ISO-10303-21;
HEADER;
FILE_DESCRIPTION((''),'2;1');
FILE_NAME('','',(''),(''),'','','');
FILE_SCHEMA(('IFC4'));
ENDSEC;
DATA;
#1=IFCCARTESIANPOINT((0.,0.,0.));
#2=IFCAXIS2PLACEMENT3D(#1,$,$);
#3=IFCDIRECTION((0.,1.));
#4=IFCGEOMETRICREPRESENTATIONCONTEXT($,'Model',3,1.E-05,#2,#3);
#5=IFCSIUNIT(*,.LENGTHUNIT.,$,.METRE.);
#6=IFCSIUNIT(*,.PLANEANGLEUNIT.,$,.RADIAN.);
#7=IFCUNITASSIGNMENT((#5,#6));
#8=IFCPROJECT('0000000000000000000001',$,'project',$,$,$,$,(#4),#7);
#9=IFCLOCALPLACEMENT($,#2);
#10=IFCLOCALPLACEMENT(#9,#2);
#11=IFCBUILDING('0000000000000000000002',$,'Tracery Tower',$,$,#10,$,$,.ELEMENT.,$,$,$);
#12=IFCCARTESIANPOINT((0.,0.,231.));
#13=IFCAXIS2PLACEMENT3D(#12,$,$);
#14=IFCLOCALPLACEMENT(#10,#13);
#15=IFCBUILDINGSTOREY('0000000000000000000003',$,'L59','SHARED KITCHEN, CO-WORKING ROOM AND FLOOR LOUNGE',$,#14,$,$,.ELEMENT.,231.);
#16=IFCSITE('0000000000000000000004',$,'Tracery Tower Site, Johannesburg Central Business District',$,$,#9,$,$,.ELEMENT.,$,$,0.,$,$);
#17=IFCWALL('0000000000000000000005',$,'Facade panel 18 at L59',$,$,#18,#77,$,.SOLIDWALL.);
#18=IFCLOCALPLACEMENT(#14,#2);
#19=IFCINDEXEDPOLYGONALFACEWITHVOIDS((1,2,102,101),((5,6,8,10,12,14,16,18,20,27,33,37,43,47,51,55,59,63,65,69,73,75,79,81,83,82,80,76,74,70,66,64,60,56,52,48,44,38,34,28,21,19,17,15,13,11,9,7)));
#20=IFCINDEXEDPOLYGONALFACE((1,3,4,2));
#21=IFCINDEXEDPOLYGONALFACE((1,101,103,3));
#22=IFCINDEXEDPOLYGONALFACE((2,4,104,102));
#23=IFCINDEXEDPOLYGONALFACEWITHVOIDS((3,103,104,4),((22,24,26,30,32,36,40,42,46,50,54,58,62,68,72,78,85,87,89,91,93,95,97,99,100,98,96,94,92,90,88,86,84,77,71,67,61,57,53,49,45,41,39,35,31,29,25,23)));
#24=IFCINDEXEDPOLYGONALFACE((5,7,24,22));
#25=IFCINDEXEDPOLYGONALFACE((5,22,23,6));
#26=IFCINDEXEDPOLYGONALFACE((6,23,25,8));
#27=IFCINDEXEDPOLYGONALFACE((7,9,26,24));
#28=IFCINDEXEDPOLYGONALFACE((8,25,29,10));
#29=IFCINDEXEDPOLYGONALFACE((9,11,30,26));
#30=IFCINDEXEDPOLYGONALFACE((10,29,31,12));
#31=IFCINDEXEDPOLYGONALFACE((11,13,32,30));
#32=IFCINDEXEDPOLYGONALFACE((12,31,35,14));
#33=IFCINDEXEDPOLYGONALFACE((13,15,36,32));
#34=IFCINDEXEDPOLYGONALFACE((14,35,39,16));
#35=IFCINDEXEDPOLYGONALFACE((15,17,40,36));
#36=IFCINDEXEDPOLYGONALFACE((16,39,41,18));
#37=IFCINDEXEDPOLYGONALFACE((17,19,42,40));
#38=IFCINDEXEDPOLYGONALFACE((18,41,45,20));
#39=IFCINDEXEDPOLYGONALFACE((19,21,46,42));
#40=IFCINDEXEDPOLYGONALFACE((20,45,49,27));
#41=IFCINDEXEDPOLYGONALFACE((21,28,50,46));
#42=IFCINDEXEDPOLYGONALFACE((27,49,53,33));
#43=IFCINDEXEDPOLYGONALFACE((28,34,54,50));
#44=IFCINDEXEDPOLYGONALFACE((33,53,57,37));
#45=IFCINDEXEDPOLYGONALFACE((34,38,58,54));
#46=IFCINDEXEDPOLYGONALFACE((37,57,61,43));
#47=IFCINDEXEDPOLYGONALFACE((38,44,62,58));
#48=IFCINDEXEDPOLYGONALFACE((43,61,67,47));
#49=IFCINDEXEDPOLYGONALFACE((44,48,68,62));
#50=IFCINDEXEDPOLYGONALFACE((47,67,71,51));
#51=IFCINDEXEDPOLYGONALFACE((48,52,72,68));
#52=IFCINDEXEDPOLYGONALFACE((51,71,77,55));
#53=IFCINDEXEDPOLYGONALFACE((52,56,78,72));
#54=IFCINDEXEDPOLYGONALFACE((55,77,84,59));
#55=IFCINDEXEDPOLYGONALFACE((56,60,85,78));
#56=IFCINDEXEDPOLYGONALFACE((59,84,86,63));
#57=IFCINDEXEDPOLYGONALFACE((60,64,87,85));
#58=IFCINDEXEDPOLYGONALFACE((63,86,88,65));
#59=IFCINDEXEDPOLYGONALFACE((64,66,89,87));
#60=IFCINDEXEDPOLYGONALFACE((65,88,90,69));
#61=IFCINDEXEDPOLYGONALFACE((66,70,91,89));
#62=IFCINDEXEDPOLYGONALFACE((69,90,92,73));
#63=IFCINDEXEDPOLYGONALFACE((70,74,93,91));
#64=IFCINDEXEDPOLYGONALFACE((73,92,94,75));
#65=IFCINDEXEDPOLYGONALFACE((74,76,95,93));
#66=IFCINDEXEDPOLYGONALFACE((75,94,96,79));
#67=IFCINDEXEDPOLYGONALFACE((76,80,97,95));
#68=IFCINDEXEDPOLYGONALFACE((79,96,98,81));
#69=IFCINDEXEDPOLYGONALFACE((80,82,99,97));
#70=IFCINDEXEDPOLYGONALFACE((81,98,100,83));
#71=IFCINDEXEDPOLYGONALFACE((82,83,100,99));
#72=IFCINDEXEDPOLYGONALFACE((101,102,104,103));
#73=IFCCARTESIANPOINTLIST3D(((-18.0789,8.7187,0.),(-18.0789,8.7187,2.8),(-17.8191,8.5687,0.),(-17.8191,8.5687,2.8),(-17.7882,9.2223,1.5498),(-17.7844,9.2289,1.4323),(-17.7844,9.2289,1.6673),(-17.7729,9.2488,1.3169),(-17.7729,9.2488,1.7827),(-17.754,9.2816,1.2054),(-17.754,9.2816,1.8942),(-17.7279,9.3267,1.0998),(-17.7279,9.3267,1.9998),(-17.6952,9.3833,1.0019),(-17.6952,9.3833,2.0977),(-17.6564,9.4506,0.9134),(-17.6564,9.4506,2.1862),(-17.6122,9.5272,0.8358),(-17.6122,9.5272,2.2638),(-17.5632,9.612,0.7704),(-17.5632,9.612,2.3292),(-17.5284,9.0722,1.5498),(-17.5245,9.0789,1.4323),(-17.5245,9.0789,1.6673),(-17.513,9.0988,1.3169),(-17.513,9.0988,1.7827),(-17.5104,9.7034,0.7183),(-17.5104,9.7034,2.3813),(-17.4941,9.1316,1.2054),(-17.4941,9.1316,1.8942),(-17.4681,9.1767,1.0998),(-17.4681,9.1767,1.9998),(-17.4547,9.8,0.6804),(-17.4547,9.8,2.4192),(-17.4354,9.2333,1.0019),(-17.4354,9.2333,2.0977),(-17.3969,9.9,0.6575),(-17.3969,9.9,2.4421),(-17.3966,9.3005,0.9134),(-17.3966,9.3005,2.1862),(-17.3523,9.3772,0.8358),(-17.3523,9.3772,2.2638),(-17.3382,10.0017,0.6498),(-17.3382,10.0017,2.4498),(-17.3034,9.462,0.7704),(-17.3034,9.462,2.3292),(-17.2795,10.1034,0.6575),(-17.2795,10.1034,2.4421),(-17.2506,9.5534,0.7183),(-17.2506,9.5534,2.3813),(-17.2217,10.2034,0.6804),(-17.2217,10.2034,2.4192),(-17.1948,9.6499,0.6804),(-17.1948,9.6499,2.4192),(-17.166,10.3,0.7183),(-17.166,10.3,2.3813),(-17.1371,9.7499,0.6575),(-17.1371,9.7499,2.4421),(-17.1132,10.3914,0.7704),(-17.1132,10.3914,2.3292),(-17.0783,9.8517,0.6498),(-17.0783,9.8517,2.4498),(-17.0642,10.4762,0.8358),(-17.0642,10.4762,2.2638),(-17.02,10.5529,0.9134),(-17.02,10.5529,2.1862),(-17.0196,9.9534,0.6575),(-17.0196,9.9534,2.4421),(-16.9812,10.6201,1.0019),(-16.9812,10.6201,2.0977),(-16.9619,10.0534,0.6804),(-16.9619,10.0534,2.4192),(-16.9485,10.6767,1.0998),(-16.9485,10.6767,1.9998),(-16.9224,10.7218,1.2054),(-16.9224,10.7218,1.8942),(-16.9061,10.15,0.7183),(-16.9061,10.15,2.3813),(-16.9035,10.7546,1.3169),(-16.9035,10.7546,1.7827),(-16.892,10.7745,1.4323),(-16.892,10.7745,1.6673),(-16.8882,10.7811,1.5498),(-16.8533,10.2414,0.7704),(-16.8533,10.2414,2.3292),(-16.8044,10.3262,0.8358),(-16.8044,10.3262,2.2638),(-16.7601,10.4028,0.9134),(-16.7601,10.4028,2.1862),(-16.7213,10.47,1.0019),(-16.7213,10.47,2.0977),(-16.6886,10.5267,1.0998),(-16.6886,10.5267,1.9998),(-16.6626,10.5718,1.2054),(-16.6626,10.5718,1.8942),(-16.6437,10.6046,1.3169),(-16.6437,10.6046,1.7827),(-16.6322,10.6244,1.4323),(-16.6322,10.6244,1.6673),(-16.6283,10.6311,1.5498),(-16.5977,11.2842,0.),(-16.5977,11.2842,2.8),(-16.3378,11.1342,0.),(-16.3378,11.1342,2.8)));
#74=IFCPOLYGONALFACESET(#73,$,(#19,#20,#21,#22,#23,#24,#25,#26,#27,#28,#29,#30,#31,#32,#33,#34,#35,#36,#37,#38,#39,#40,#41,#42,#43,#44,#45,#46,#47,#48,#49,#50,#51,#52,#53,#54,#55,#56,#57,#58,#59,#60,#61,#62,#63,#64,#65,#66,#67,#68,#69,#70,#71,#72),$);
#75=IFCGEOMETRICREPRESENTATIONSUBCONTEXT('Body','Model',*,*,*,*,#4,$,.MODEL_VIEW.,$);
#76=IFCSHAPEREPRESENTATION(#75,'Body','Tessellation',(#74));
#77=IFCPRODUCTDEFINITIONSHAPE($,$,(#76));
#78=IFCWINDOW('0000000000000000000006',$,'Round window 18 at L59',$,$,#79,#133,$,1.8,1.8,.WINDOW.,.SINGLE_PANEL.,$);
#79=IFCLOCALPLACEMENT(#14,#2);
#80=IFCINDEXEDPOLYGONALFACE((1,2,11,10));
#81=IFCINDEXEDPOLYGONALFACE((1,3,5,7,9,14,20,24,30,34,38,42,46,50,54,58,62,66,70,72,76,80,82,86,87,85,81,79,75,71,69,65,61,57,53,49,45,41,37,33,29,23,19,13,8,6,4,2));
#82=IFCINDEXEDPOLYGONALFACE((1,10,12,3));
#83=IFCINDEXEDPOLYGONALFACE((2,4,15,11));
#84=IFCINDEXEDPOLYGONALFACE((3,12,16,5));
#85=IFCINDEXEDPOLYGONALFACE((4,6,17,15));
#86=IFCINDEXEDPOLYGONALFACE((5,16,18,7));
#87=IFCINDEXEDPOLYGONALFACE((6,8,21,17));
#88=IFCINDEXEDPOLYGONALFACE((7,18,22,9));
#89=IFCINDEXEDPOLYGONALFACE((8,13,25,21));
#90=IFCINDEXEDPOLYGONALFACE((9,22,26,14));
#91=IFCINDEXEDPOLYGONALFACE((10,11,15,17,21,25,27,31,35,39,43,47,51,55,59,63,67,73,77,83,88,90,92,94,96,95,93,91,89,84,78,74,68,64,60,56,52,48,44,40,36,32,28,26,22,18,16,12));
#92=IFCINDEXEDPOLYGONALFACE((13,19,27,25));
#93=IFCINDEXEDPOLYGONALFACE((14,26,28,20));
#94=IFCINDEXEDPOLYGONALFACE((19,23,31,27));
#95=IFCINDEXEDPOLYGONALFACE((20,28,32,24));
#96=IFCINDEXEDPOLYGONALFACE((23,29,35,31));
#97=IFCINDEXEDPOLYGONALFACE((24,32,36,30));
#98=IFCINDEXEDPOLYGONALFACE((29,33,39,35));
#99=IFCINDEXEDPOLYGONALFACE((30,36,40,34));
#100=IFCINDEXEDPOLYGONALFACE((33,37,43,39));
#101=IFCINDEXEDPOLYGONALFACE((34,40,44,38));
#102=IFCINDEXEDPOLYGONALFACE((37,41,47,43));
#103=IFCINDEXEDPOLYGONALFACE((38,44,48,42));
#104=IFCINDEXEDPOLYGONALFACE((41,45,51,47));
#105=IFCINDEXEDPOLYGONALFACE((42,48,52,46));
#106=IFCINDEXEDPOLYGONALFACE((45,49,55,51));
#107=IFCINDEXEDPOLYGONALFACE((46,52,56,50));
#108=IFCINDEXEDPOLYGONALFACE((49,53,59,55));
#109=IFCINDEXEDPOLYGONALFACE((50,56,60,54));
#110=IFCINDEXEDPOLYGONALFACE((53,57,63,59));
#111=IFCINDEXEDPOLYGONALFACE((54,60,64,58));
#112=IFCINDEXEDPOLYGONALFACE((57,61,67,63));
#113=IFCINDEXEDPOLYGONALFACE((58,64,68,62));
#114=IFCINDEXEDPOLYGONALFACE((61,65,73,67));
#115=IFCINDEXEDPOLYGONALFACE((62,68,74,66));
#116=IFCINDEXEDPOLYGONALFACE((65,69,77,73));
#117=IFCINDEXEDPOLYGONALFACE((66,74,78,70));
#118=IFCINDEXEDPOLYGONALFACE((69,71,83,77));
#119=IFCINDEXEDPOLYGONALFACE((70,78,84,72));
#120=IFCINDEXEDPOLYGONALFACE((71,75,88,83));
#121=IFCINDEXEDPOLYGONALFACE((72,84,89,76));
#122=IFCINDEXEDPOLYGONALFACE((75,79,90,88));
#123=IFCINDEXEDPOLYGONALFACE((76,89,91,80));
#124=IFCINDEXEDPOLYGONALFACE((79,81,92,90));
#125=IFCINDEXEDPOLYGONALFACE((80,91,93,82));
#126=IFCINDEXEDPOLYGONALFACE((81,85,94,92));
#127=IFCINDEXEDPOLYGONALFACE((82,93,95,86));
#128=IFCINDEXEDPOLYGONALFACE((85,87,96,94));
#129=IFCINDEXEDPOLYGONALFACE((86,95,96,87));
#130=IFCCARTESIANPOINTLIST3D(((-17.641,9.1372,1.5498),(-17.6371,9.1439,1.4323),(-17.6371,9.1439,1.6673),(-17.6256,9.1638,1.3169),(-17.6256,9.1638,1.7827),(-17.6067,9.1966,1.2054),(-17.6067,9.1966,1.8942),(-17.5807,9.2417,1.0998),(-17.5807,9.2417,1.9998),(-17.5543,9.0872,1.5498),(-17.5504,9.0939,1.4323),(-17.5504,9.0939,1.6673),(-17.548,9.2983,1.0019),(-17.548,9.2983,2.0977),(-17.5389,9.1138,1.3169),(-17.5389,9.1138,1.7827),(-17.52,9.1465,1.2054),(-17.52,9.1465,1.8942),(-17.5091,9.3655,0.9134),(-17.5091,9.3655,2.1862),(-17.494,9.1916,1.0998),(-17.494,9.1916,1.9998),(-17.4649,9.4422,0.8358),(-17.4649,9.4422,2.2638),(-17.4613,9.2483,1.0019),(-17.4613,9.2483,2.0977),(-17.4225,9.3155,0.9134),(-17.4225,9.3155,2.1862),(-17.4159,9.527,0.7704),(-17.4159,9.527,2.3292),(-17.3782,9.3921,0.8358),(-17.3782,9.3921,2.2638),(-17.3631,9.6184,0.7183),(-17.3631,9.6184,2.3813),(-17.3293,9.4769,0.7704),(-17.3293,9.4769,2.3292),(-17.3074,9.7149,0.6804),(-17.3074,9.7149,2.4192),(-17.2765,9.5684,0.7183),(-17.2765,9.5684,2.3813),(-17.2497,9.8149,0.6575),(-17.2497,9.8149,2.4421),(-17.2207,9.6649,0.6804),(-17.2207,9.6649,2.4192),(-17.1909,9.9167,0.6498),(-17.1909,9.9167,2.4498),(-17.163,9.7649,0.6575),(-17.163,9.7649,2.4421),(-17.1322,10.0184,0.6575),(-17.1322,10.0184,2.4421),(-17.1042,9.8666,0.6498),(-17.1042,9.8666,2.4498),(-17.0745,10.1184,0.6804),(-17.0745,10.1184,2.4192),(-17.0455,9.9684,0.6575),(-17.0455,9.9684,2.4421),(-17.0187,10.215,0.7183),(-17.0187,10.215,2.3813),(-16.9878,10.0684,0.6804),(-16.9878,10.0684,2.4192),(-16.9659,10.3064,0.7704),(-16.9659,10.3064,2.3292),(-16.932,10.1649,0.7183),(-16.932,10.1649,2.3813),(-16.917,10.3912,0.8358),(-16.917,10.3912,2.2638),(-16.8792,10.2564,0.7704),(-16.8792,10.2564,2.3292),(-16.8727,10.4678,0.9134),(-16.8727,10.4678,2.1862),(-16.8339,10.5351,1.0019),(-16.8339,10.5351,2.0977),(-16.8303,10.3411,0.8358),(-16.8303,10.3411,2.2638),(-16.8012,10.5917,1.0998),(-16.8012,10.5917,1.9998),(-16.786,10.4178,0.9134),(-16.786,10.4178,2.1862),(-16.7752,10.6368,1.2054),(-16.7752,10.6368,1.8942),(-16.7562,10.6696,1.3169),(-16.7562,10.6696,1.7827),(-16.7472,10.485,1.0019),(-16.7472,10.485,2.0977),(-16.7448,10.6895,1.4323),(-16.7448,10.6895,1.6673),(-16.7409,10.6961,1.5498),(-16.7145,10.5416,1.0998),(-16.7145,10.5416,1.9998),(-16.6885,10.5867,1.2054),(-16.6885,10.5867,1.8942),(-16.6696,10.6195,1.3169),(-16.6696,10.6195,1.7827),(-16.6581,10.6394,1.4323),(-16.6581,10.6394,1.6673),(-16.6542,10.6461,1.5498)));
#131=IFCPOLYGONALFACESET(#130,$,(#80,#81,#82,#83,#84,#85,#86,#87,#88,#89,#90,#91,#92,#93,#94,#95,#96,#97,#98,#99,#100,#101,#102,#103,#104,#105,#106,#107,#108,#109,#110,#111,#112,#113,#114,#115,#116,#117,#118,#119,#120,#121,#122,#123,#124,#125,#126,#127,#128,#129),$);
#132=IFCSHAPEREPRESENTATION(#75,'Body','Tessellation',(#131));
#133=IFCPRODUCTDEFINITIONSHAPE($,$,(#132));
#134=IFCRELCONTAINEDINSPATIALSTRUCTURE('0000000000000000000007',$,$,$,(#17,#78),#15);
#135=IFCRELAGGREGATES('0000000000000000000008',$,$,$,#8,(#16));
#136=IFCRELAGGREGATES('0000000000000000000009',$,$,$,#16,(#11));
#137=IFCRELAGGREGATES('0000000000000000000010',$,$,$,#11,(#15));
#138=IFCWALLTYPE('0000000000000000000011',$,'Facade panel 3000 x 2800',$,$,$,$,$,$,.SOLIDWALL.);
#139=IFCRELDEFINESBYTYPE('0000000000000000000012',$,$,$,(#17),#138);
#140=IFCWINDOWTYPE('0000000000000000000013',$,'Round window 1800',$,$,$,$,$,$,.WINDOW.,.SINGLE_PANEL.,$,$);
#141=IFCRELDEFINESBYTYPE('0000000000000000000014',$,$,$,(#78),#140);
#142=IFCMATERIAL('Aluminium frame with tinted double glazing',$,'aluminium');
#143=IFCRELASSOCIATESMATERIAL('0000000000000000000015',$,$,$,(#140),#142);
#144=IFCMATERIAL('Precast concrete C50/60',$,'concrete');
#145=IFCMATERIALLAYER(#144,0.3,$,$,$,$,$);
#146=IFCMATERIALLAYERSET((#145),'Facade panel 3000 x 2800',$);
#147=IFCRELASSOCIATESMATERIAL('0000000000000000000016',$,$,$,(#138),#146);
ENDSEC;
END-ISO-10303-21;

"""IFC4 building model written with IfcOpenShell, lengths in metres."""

from ifc_helpers import new_model, si_unit, direction, frame, frame_2d, origin, origin_2d, place, context, subcontext, project, spatial, rectangle, circle, extrude, material, layer, layer_set, type_object, element, fill, save


model = new_model("IFC4")

# Units and contexts
model_context = context("Model", 3, precision=1e-05, world=origin(), true_north=direction((0.0, 1.0)))
body_context = subcontext(model_context, "Body", "Model", "MODEL_VIEW")
ifc_project = project(units=[si_unit("LENGTHUNIT", "METRE"), si_unit("PLANEANGLEUNIT", "RADIAN")], contexts=[model_context])

# Site, building, storey
site_placement = place(None, origin())
site = spatial("IfcSite", under=ifc_project, at=site_placement, Name="Tracery Tower Site, Johannesburg Central Business District", CompositionType="ELEMENT", RefElevation=0.0)
building_placement = place(site_placement, origin())
building = spatial("IfcBuilding", under=site, at=building_placement, Name="Tracery Tower", CompositionType="ELEMENT")
storey_placement = place(building_placement, frame((0.0, 0.0, 231.0)))
storey = spatial("IfcBuildingStorey", under=building, at=storey_placement, Name="L59", Description="SHARED KITCHEN, CO-WORKING ROOM AND FLOOR LOUNGE", CompositionType="ELEMENT", Elevation=231.0)

# Wall, opening, window
ifc_material_1 = material(Name="Aluminium frame with tinted double glazing", Category="aluminium")
window_type = type_object("IfcWindowType", Name="Round window 1800", PartitioningType="SINGLE_PANEL", PredefinedType="WINDOW", material=ifc_material_1)
ifc_material_2 = material(Name="Precast concrete C50/60", Category="concrete")
ifc_layer_1 = layer(ifc_material_2, 0.3)
ifc_layer_set_1 = layer_set([ifc_layer_1], Name="Facade panel 3000 x 2800")
wall_type_1 = type_object("IfcWallType", Name="Facade panel 3000 x 2800", PredefinedType="SOLIDWALL", material=ifc_layer_set_1)
wall_1_placement = place(storey_placement, frame((-16.4678, 11.2092, 0.0), z_axis=(0.0, 0.0, 1.0), x_axis=(-0.500013, -0.866018, 0.0)))
wall_1 = element("IfcWall", 1, at=wall_1_placement, inside=storey, type_object=wall_type_1, Name="Facade panel 18 at L59", PredefinedType="SOLIDWALL", context=body_context, shape_type="SweptSolid", body=[
    extrude(rectangle(XDim=2.9624, YDim=0.3, at=frame_2d((1.4812, 0.0))), origin(), (0.0, 0.0, 1.0), 2.8),
])
opening_1_placement = place(wall_1_placement, frame((1.481, 0.0, 1.5498)))
opening_1 = element("IfcOpeningElement", 2, at=opening_1_placement, cuts=wall_1, PredefinedType="OPENING", context=body_context, shape_type="SweptSolid", body=[
    extrude(circle(Radius=0.9, at=origin_2d()), frame((0.0, 0.1599, 0.0), z_axis=(0.0, -1.0, 0.0), x_axis=(1.0, 0.0, 0.0)), (0.0, 0.0, 1.0), 0.3201),
])
window_1_placement = place(opening_1_placement, origin())
window_1 = element("IfcWindow", 3, at=window_1_placement, inside=storey, type_object=window_type, Name="Round window 18 at L59", OverallHeight=1.8, OverallWidth=1.8, PartitioningType="SINGLE_PANEL", PredefinedType="WINDOW", context=body_context, shape_type="SweptSolid", body=[
    extrude(circle(Radius=0.9, at=origin_2d()), frame((0.0, 0.1201, 0.0), z_axis=(0.0, -1.0, 0.0), x_axis=(1.0, 0.0, 0.0)), (0.0, 0.0, 1.0), 0.1001),
])
fill(opening_1, window_1)

save(model, "model.ifc")
